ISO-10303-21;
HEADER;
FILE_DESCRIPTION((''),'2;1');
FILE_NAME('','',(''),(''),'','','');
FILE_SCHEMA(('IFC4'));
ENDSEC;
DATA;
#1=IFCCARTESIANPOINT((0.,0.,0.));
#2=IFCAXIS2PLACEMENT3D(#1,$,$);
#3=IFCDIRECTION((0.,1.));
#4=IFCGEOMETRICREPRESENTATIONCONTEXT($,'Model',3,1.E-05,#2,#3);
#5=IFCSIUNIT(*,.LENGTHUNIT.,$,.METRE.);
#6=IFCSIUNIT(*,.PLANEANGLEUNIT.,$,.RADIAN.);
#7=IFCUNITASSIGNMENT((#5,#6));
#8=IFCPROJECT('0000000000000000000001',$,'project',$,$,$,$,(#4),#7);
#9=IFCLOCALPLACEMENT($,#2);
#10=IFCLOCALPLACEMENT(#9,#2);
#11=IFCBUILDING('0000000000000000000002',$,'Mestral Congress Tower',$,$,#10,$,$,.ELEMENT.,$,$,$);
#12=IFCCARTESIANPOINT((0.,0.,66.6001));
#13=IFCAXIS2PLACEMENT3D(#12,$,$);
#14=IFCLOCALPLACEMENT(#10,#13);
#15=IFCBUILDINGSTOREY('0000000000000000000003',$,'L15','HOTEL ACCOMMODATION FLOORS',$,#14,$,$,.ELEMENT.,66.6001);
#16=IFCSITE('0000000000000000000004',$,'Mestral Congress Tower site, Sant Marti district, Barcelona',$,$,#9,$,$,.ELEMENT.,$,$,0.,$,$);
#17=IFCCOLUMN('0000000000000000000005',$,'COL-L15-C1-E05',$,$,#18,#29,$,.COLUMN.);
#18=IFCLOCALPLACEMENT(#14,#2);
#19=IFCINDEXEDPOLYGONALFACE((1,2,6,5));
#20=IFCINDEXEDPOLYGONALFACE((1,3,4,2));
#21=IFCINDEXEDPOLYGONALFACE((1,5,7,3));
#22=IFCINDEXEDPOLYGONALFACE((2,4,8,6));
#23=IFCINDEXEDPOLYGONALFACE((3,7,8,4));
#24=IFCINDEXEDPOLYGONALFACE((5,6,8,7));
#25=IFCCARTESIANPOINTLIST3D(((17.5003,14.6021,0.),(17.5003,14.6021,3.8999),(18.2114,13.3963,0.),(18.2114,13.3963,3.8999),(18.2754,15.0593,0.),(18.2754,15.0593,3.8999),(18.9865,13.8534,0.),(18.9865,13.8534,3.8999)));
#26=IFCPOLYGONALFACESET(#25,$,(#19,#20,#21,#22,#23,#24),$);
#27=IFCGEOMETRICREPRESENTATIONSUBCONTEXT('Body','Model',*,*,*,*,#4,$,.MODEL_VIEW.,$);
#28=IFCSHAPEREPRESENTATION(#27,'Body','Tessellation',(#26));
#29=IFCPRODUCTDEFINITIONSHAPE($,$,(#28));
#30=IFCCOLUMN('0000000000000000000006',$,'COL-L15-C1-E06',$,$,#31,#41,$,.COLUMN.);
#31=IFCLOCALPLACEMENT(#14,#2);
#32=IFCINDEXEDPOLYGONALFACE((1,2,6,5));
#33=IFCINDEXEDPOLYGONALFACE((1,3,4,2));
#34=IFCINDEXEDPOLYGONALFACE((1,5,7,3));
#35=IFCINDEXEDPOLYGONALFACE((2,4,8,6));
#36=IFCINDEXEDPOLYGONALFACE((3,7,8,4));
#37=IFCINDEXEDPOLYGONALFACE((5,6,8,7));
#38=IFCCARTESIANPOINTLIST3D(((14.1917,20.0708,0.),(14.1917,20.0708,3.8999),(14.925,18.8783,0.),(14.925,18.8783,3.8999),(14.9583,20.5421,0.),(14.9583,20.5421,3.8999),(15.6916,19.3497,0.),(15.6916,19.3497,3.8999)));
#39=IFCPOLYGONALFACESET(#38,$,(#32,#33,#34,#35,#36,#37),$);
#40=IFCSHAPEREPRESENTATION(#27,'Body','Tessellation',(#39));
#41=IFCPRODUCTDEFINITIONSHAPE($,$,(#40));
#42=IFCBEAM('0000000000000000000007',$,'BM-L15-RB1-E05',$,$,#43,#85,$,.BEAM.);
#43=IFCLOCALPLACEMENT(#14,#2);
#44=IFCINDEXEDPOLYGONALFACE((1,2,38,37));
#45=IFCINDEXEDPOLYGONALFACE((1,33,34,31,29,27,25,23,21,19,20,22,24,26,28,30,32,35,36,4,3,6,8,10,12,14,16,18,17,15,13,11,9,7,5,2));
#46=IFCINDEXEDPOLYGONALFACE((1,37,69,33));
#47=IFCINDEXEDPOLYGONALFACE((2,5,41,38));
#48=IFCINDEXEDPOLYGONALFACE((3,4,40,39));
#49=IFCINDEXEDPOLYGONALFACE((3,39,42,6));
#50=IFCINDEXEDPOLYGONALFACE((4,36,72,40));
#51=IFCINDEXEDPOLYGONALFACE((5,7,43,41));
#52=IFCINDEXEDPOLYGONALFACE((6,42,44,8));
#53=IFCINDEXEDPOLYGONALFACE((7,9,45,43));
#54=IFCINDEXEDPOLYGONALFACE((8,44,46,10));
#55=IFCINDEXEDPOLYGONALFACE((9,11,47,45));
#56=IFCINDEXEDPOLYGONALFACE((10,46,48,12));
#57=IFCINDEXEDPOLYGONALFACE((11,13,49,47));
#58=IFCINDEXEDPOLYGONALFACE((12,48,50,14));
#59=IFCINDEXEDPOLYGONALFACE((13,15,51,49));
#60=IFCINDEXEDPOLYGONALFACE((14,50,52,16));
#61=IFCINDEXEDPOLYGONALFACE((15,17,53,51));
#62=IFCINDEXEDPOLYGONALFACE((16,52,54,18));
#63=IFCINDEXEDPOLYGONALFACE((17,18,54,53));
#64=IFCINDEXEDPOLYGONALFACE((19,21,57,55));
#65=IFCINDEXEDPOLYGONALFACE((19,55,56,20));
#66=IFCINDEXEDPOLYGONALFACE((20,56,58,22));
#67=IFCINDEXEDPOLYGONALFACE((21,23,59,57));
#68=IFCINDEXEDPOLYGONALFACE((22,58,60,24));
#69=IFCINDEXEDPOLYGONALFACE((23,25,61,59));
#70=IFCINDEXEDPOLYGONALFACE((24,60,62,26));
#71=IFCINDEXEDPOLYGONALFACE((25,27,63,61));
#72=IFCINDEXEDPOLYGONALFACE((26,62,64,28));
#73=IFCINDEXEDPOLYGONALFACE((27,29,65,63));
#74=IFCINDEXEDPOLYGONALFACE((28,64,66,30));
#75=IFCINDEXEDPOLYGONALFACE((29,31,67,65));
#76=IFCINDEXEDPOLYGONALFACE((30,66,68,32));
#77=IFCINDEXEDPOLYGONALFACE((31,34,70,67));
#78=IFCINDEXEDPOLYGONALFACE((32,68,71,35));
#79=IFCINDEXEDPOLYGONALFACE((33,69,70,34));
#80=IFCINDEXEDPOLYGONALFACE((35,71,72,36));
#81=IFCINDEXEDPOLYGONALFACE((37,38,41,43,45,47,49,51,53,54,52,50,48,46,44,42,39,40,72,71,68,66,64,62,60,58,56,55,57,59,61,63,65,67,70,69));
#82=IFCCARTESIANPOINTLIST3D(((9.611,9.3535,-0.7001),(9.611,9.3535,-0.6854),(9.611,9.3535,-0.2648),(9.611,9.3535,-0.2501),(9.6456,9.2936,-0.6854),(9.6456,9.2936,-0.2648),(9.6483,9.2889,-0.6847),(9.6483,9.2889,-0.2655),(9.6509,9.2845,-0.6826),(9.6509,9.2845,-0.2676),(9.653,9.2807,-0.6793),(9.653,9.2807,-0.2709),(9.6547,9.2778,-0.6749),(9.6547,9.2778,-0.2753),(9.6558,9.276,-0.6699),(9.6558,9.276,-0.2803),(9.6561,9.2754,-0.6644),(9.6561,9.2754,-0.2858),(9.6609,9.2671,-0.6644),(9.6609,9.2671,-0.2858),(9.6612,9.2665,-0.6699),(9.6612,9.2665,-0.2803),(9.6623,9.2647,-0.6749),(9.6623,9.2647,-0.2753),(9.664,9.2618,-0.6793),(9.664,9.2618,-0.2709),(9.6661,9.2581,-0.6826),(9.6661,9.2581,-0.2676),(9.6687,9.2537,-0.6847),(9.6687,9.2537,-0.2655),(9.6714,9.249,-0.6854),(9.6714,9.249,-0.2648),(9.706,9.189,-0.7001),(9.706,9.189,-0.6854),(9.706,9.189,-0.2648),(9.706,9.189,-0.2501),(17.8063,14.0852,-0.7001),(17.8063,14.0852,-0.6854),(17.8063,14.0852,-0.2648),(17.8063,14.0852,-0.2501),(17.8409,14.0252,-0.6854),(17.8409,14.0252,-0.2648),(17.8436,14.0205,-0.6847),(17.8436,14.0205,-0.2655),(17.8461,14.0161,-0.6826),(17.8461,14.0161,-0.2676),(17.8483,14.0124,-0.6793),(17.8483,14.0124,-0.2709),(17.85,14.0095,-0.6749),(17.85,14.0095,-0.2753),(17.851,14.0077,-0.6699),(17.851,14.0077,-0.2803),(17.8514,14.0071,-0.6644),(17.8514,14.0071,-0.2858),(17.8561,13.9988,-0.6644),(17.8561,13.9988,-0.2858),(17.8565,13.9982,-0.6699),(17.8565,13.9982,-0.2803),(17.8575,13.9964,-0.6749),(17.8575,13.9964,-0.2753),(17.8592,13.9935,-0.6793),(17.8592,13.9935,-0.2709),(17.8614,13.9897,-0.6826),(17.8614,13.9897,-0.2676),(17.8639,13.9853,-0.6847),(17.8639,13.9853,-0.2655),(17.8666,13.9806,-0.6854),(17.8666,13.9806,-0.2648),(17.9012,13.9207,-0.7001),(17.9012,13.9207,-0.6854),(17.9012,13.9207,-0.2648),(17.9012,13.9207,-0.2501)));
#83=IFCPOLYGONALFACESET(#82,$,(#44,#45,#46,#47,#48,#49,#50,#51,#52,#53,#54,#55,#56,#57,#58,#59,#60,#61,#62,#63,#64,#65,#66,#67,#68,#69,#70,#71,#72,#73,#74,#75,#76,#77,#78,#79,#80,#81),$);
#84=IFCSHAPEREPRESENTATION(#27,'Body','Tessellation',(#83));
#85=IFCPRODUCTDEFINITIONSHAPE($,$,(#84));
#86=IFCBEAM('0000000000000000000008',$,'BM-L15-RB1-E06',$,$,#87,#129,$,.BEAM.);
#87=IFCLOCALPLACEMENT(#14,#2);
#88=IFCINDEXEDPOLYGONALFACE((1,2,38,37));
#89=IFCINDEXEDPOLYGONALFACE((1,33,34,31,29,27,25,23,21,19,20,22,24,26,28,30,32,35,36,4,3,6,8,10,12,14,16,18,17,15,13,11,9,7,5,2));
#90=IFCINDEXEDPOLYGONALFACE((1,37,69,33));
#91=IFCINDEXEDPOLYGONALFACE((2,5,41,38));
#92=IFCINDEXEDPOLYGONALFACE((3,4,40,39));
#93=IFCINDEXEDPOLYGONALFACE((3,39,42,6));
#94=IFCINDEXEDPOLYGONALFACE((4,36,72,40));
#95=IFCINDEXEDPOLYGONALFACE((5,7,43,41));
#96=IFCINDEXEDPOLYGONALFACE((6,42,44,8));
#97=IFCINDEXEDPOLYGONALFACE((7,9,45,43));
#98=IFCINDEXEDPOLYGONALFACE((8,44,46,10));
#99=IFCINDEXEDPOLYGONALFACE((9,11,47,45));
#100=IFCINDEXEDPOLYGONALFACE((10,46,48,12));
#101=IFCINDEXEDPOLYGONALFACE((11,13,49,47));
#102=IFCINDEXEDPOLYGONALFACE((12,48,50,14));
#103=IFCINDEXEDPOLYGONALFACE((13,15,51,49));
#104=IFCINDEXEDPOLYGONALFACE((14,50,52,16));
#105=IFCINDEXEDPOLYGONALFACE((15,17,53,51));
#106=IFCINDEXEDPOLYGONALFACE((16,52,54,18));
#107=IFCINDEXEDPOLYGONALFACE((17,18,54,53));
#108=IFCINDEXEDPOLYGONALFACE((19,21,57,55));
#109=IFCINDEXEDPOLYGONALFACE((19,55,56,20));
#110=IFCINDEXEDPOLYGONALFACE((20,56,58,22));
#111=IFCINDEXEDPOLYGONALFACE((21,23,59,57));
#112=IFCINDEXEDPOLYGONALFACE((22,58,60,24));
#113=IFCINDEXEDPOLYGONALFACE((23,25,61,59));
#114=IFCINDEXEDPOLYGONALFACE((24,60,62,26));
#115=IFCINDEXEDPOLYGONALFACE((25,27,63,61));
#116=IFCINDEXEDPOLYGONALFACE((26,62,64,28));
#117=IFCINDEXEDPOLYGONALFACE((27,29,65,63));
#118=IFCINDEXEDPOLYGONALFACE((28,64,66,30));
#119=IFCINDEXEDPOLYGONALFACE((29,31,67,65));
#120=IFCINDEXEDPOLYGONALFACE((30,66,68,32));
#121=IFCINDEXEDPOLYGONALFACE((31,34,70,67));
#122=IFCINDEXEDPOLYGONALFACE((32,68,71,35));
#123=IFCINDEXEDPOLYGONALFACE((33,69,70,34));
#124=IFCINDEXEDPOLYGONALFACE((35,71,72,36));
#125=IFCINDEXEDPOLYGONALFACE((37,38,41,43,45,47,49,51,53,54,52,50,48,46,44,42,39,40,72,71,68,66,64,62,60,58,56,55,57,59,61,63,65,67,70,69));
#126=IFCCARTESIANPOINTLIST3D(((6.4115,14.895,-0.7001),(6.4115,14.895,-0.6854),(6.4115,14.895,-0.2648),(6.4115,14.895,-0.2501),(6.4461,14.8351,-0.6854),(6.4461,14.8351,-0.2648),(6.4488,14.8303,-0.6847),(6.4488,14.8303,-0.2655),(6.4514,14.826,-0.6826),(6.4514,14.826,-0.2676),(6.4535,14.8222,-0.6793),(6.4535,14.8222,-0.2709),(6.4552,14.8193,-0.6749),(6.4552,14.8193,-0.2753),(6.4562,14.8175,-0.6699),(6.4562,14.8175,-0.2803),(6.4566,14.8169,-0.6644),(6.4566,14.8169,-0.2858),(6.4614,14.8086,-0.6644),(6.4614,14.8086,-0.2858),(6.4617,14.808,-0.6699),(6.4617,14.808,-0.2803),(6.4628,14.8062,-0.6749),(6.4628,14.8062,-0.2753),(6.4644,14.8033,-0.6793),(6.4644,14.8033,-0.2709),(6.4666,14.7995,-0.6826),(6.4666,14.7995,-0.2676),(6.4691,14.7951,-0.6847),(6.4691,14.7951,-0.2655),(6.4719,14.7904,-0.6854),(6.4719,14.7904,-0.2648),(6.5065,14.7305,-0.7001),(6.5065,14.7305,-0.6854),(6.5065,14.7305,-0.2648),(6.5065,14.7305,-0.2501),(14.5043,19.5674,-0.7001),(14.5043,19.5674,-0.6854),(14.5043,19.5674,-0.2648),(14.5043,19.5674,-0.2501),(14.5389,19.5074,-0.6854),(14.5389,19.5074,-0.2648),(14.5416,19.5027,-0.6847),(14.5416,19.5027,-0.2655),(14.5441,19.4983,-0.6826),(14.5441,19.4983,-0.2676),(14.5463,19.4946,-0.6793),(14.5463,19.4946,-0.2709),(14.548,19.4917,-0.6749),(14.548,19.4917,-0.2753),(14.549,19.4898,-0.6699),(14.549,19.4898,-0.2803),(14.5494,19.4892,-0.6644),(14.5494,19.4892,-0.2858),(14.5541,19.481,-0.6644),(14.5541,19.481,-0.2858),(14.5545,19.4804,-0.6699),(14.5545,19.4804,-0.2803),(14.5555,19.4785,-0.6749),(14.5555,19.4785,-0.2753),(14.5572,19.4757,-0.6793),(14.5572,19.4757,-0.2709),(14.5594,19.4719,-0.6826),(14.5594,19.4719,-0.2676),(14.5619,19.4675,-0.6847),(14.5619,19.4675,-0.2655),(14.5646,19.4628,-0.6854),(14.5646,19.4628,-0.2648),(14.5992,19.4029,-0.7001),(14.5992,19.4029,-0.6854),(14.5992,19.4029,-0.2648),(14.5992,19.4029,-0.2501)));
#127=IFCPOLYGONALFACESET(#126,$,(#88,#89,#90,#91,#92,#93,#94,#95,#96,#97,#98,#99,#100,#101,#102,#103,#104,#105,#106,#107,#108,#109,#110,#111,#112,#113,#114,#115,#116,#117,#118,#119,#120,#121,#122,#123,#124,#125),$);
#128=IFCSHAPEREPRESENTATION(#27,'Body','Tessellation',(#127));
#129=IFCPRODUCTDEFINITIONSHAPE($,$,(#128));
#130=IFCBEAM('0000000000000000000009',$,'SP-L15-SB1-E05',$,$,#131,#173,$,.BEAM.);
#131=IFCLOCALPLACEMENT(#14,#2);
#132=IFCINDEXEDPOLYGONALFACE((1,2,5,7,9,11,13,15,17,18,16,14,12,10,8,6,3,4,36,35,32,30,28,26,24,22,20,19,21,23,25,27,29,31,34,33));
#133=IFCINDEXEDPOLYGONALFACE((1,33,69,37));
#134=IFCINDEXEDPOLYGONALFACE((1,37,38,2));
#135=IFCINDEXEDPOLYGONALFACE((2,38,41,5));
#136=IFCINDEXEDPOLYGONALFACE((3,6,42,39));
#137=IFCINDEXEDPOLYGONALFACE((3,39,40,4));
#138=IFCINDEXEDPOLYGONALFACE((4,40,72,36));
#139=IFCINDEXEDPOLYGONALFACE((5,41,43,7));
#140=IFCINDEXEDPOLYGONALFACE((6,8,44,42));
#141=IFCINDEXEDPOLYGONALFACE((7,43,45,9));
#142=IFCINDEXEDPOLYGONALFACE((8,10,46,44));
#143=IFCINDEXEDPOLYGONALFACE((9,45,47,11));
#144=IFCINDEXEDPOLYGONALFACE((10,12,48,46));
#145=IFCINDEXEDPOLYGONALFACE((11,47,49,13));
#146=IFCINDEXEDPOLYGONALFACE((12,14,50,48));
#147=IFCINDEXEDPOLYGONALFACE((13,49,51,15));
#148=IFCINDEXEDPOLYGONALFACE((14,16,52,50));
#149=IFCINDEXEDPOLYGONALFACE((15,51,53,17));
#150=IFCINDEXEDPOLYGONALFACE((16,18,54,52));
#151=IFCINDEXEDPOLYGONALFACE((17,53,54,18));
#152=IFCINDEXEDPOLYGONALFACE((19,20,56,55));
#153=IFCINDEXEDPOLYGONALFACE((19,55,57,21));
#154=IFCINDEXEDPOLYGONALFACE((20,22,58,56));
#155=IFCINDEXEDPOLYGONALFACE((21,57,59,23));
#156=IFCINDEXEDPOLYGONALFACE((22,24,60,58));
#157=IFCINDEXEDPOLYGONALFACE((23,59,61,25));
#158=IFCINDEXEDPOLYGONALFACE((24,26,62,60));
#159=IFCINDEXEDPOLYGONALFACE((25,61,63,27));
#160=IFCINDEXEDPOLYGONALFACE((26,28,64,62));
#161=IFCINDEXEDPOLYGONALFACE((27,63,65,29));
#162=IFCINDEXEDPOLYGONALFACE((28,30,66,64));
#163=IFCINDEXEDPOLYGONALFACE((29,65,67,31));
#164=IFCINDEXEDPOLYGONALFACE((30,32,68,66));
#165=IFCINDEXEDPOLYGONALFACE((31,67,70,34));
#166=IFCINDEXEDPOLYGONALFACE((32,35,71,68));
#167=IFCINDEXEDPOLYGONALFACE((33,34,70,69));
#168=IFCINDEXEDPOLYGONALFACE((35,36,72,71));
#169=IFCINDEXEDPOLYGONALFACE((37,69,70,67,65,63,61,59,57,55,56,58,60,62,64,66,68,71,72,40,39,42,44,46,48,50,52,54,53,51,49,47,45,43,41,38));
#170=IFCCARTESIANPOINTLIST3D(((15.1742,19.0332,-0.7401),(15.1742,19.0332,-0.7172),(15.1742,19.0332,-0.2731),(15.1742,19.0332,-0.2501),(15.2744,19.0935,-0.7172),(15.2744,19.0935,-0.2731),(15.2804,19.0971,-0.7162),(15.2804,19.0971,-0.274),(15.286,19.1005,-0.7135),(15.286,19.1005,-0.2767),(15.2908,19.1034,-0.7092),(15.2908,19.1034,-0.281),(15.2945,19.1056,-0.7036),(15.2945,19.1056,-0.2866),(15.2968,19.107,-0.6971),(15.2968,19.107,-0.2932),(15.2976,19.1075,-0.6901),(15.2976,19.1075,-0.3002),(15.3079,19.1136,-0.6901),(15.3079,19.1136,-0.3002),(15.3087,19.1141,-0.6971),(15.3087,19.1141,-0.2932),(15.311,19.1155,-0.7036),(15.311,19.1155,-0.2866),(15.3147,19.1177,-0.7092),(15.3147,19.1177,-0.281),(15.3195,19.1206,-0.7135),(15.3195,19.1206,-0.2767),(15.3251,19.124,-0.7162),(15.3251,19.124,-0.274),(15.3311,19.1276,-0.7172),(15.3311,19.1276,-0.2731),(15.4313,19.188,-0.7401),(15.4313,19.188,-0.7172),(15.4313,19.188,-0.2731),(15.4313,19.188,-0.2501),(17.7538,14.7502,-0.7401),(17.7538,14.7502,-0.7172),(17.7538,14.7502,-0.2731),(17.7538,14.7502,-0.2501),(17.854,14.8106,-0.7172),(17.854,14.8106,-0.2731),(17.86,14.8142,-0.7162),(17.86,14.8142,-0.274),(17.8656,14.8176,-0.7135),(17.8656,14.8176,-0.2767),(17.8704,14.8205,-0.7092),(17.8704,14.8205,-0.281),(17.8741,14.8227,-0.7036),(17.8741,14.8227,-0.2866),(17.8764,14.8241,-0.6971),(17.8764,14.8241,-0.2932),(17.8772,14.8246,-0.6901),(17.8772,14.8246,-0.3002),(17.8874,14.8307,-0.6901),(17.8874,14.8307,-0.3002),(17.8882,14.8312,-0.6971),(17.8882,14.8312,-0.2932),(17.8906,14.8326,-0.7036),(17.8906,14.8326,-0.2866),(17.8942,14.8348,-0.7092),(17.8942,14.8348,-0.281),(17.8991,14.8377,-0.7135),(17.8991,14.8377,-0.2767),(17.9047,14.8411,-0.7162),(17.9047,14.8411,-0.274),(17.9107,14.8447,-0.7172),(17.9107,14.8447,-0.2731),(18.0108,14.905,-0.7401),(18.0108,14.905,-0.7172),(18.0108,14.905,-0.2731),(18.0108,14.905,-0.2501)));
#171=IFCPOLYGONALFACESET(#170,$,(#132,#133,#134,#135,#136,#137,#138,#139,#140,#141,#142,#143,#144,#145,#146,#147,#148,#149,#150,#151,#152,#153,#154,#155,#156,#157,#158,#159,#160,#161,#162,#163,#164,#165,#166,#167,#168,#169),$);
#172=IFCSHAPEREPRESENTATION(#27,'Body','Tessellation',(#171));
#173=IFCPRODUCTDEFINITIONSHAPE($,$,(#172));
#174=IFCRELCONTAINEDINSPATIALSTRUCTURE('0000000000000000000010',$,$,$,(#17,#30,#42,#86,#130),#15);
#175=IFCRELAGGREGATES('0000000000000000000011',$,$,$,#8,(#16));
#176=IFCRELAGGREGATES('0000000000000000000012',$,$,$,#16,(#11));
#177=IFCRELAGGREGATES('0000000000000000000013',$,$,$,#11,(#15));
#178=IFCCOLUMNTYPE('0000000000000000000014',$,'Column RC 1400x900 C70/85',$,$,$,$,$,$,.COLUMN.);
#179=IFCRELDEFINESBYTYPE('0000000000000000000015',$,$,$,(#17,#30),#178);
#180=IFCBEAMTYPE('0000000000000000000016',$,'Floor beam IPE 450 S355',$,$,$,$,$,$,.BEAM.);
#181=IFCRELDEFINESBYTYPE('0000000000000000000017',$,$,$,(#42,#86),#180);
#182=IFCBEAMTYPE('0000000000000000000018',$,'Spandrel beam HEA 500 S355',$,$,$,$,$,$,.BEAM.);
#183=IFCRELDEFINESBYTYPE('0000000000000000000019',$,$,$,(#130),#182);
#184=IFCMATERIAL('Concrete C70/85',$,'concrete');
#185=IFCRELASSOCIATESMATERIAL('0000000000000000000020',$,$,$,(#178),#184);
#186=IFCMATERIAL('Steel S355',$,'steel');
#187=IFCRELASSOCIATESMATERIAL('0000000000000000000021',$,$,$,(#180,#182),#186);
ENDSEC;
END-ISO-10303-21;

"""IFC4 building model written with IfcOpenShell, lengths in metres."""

from ifc_helpers import new_model, si_unit, direction, frame, origin, origin_2d, place, context, subcontext, project, spatial, rectangle, i_section, extrude, material, material_profile, profile_set, type_object, element, save


model = new_model("IFC4")

# Units and contexts
model_context = context("Model", 3, precision=1e-05, world=origin(), true_north=direction((0.0, 1.0)))
body_context = subcontext(model_context, "Body", "Model", "MODEL_VIEW")
ifc_project = project(units=[si_unit("LENGTHUNIT", "METRE"), si_unit("PLANEANGLEUNIT", "RADIAN")], contexts=[model_context])

# Site, building, storey
site_placement = place(None, origin())
site = spatial("IfcSite", under=ifc_project, at=site_placement, Name="Mestral Congress Tower site, Sant Marti district, Barcelona", CompositionType="ELEMENT", RefElevation=0.0)
building_placement = place(site_placement, origin())
building = spatial("IfcBuilding", under=site, at=building_placement, Name="Mestral Congress Tower", CompositionType="ELEMENT")
storey_placement = place(building_placement, frame((0.0, 0.0, 66.6001)))
storey = spatial("IfcBuildingStorey", under=building, at=storey_placement, Name="L15", Description="HOTEL ACCOMMODATION FLOORS", CompositionType="ELEMENT", Elevation=66.6001)

# Columns
ifc_material_1 = material(Name="Concrete C70/85", Category="concrete")
ifc_material_profile_1 = material_profile(ifc_material_1, rectangle(XDim=1.3999, YDim=0.8999, at=origin_2d()), Name="RC 1400x900")
ifc_profile_set_1 = profile_set([ifc_material_profile_1], Name="Concrete C70/85")
column_type = type_object("IfcColumnType", Name="Column RC 1400x900 C70/85", PredefinedType="COLUMN", material=ifc_profile_set_1)
for number, where, z_axis, x_axis, name in (
    (1, (18.2434, 14.2278, 0.0), (0.0, 0.0, 1.0), (-0.507983, 0.861367, 0.0), "COL-L15-C1-E05"),
    (2, (14.9417, 19.7102, 0.0), (0.0, 0.0, 1.0), (-0.523819, 0.851829, 0.0), "COL-L15-C1-E06"),
):
    element("IfcColumn", number, at=place(storey_placement, frame(where, z_axis=z_axis, x_axis=x_axis)), inside=storey, type_object=column_type, Name=name, PredefinedType="COLUMN", context=body_context, shape_type="SweptSolid", body=[
        extrude(rectangle(XDim=1.3999, YDim=0.8999, at=origin_2d()), origin(), (0.0, 0.0, 1.0), 3.8999),
    ])

# Beams
ifc_material_2 = material(Name="Steel S355", Category="steel")
ifc_material_profile_2 = material_profile(ifc_material_2, i_section(OverallWidth=0.1899, OverallDepth=0.45, WebThickness=0.0095, FlangeThickness=0.0146, FilletRadius=0.021, at=origin_2d()), Name="IPE 450")
ifc_profile_set_2 = profile_set([ifc_material_profile_2], Name="Steel S355")
beam_type_1 = type_object("IfcBeamType", Name="Floor beam IPE 450 S355", PredefinedType="BEAM", material=ifc_profile_set_2)
beam_1_placement = place(storey_placement, frame((17.8538, 14.0029, -0.4751), z_axis=(-0.86602, -0.50001, 0.0), x_axis=(0.50001, -0.86602, 0.0)))
element("IfcBeam", 3, at=beam_1_placement, inside=storey, type_object=beam_type_1, Name="BM-L15-RB1-E05", PredefinedType="BEAM", context=body_context, shape_type="SweptSolid", body=[
    extrude(i_section(OverallWidth=0.1899, OverallDepth=0.45, WebThickness=0.0095, FlangeThickness=0.0146, FilletRadius=0.021, at=origin_2d()), origin(), (0.0, 0.0, 1.0), 9.4631),
])
beam_2_placement = place(storey_placement, frame((14.5518, 19.4851, -0.4751), z_axis=(-0.866025, -0.5, 0.0), x_axis=(0.5, -0.866025, 0.0)))
element("IfcBeam", 4, at=beam_2_placement, inside=storey, type_object=beam_type_1, Name="BM-L15-RB1-E06", PredefinedType="BEAM", context=body_context, shape_type="SweptSolid", body=[
    extrude(i_section(OverallWidth=0.1899, OverallDepth=0.45, WebThickness=0.0095, FlangeThickness=0.0146, FilletRadius=0.021, at=origin_2d()), origin(), (0.0, 0.0, 1.0), 9.3447),
])
ifc_material_profile_3 = material_profile(ifc_material_2, i_section(OverallWidth=0.3, OverallDepth=0.49, WebThickness=0.012, FlangeThickness=0.0229, FilletRadius=0.0271, at=origin_2d()), Name="HEA 500")
ifc_profile_set_3 = profile_set([ifc_material_profile_3], Name="Steel S355")
beam_type_2 = type_object("IfcBeamType", Name="Spandrel beam HEA 500 S355", PredefinedType="BEAM", material=ifc_profile_set_3)
for number, where, z_axis, x_axis, name in (
    (5, (17.8823, 14.8276, -0.4951), (-0.515938, 0.856626, 0.0), (-0.856626, -0.515938, 0.0), "SP-L15-SB1-E05"),
):
    element("IfcBeam", number, at=place(storey_placement, frame(where, z_axis=z_axis, x_axis=x_axis)), inside=storey, type_object=beam_type_2, Name=name, PredefinedType="BEAM", context=body_context, shape_type="SweptSolid", body=[
        extrude(i_section(OverallWidth=0.3, OverallDepth=0.49, WebThickness=0.012, FlangeThickness=0.0229, FilletRadius=0.0271, at=origin_2d()), origin(), (0.0, 0.0, 1.0), 4.9998),
    ])

save(model, "model.ifc")
